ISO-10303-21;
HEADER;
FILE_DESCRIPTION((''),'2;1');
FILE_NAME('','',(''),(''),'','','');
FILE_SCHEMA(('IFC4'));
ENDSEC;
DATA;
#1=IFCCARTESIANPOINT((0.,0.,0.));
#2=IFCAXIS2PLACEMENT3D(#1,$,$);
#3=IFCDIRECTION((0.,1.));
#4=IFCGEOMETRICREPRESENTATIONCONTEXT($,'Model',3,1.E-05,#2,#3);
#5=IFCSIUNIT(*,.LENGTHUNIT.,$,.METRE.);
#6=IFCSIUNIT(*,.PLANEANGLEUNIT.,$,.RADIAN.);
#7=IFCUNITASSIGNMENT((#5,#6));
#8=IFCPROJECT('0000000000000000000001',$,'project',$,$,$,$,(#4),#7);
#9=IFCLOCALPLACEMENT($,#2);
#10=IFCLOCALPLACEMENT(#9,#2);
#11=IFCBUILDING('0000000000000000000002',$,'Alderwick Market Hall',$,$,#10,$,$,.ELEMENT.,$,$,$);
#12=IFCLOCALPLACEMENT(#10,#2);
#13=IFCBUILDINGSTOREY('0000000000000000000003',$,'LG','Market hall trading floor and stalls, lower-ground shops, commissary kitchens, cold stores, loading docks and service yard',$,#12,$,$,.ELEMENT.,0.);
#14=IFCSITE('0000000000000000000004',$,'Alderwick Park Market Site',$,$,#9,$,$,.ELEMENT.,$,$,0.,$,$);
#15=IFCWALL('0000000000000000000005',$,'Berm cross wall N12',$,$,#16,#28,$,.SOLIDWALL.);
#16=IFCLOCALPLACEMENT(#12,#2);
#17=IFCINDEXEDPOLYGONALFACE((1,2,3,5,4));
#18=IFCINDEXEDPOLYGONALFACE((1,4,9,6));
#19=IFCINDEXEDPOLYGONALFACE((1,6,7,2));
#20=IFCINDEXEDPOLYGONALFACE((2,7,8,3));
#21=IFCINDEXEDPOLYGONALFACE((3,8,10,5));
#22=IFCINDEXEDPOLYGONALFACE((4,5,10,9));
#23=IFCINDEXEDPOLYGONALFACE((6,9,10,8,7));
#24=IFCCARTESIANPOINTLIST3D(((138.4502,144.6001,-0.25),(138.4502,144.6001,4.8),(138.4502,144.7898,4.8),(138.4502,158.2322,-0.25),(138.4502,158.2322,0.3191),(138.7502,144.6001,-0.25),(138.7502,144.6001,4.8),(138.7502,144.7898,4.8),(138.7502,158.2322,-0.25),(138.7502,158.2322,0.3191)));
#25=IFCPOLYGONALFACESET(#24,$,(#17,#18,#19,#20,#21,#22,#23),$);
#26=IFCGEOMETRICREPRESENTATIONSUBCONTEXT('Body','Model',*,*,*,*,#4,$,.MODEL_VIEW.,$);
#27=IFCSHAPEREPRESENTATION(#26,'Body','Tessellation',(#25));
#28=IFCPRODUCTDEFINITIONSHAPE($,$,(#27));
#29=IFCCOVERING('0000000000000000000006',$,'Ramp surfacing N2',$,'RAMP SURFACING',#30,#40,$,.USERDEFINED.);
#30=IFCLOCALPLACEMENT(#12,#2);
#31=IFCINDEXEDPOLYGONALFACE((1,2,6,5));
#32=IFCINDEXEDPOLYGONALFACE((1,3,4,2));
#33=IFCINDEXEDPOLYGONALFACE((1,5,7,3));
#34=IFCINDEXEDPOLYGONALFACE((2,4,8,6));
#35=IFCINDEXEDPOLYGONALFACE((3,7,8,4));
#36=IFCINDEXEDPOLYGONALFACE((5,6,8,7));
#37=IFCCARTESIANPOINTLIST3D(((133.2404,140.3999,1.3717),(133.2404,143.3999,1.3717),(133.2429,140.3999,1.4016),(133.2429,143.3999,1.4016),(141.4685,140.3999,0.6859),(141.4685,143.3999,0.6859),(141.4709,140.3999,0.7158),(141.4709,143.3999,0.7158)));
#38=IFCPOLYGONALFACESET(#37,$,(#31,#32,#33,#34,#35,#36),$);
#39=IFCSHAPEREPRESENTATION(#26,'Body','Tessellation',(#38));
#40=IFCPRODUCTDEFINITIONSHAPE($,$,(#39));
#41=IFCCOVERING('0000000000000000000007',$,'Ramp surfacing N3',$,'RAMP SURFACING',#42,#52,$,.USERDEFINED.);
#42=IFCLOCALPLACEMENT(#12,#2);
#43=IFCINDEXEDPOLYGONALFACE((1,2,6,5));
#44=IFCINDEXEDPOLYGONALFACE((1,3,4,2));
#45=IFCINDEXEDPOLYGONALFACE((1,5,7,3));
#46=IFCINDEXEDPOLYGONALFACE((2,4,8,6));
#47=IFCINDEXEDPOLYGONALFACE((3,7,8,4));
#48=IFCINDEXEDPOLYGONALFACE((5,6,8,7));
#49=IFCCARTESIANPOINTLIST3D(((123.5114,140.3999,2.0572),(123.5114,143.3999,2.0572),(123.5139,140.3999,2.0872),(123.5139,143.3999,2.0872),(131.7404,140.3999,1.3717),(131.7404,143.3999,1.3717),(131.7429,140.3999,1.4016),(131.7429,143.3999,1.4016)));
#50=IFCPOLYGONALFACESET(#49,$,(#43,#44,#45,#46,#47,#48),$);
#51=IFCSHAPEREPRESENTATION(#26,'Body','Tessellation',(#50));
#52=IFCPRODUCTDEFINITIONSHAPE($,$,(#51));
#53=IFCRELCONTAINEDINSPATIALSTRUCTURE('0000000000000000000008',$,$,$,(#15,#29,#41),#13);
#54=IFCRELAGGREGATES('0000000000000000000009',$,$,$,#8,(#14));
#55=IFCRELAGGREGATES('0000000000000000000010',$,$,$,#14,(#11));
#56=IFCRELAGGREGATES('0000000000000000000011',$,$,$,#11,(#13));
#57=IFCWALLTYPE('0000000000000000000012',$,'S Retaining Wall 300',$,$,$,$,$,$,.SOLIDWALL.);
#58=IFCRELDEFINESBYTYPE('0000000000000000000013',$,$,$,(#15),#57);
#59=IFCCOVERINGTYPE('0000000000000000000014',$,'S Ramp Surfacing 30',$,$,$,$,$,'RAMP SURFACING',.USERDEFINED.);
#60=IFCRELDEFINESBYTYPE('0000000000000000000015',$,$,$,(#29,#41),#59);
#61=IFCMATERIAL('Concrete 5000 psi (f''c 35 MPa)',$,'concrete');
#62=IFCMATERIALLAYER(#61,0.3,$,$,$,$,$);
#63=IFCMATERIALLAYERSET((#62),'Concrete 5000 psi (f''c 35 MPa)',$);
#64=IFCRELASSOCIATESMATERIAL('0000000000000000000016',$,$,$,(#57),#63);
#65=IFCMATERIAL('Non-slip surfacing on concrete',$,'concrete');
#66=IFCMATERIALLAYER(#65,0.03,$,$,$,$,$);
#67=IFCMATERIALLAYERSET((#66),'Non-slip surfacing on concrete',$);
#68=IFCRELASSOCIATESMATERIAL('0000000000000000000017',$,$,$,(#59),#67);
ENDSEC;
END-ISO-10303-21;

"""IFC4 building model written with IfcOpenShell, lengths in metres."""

from ifc_helpers import new_model, si_unit, direction, frame, origin, place, context, subcontext, project, spatial, polyline, outline, extrude, material, layer, layer_set, type_object, element, save


model = new_model("IFC4")

# Units and contexts
model_context = context("Model", 3, precision=1e-05, world=origin(), true_north=direction((0.0, 1.0)))
body_context = subcontext(model_context, "Body", "Model", "MODEL_VIEW")
ifc_project = project(units=[si_unit("LENGTHUNIT", "METRE"), si_unit("PLANEANGLEUNIT", "RADIAN")], contexts=[model_context])

# Site, building, storey
site_placement = place(None, origin())
site = spatial("IfcSite", under=ifc_project, at=site_placement, Name="Alderwick Park Market Site", CompositionType="ELEMENT", RefElevation=0.0)
building_placement = place(site_placement, origin())
building = spatial("IfcBuilding", under=site, at=building_placement, Name="Alderwick Market Hall", CompositionType="ELEMENT")
storey_placement = place(building_placement, origin())
storey = spatial("IfcBuildingStorey", under=building, at=storey_placement, Name="LG", Description="Market hall trading floor and stalls, lower-ground shops, commissary kitchens, cold stores, loading docks and service yard", CompositionType="ELEMENT", Elevation=0.0)

# Wall
ifc_material_1 = material(Name="Concrete 5000 psi (f'c 35 MPa)", Category="concrete")
ifc_layer_1 = layer(ifc_material_1, 0.3)
ifc_layer_set_1 = layer_set([ifc_layer_1], Name="Concrete 5000 psi (f'c 35 MPa)")
wall_type = type_object("IfcWallType", Name="S Retaining Wall 300", PredefinedType="SOLIDWALL", material=ifc_layer_set_1)
for number, where, z_axis, x_axis, name in (
    (1, (138.6001, 144.6001, -0.25), (0.0, 0.0, 1.0), (0.0, 1.0, 0.0), "Berm cross wall N12"),
):
    element("IfcWall", number, at=place(storey_placement, frame(where, z_axis=z_axis, x_axis=x_axis)), inside=storey, type_object=wall_type, Name=name, PredefinedType="SOLIDWALL", context=body_context, shape_type="SweptSolid", body=[
        extrude(outline(polyline([(0.0, 0.0), (13.6321, 0.0), (13.6321, 0.5691), (0.1897, 5.05), (0.0, 5.05), (0.0, 0.0)])), frame((0.0, 0.1499, 0.0), z_axis=(0.0, -1.0, 0.0), x_axis=(1.0, 0.0, 0.0)), (0.0, 0.0, 1.0), 0.3),
    ])

# Coverings
ifc_material_2 = material(Name="Non-slip surfacing on concrete", Category="concrete")
ifc_layer_2 = layer(ifc_material_2, 0.03)
ifc_layer_set_2 = layer_set([ifc_layer_2], Name="Non-slip surfacing on concrete")
covering_type = type_object("IfcCoveringType", Name="S Ramp Surfacing 30", ElementType="RAMP SURFACING", PredefinedType="USERDEFINED", material=ifc_layer_set_2)
covering_1_placement = place(storey_placement, frame((141.4709, 140.3999, 0.7158), z_axis=(0.08306, 0.0, 0.996545), x_axis=(-0.996545, 0.0, 0.08306)))
element("IfcCovering", 2, at=covering_1_placement, inside=storey, type_object=covering_type, Name="Ramp surfacing N2", ObjectType="RAMP SURFACING", PredefinedType="USERDEFINED", context=body_context, shape_type="SweptSolid", body=[
    extrude(outline(polyline([(0.0, 0.0), (8.2566, 0.0), (8.2566, -3.0), (0.0, -3.0), (0.0, 0.0)])), origin(), (0.0, 0.0, -1.0), 0.03),
])
covering_2_placement = place(storey_placement, frame((131.7429, 140.3999, 1.4016), z_axis=(0.083021, 0.0, 0.996548), x_axis=(-0.996548, 0.0, 0.083021)))
element("IfcCovering", 3, at=covering_2_placement, inside=storey, type_object=covering_type, Name="Ramp surfacing N3", ObjectType="RAMP SURFACING", PredefinedType="USERDEFINED", context=body_context, shape_type="SweptSolid", body=[
    extrude(outline(polyline([(0.0, 0.0), (8.2575, 0.0), (8.2575, -3.0), (0.0, -3.0), (0.0, 0.0)])), origin(), (0.0, 0.0, -1.0), 0.03),
])

save(model, "model.ifc")
